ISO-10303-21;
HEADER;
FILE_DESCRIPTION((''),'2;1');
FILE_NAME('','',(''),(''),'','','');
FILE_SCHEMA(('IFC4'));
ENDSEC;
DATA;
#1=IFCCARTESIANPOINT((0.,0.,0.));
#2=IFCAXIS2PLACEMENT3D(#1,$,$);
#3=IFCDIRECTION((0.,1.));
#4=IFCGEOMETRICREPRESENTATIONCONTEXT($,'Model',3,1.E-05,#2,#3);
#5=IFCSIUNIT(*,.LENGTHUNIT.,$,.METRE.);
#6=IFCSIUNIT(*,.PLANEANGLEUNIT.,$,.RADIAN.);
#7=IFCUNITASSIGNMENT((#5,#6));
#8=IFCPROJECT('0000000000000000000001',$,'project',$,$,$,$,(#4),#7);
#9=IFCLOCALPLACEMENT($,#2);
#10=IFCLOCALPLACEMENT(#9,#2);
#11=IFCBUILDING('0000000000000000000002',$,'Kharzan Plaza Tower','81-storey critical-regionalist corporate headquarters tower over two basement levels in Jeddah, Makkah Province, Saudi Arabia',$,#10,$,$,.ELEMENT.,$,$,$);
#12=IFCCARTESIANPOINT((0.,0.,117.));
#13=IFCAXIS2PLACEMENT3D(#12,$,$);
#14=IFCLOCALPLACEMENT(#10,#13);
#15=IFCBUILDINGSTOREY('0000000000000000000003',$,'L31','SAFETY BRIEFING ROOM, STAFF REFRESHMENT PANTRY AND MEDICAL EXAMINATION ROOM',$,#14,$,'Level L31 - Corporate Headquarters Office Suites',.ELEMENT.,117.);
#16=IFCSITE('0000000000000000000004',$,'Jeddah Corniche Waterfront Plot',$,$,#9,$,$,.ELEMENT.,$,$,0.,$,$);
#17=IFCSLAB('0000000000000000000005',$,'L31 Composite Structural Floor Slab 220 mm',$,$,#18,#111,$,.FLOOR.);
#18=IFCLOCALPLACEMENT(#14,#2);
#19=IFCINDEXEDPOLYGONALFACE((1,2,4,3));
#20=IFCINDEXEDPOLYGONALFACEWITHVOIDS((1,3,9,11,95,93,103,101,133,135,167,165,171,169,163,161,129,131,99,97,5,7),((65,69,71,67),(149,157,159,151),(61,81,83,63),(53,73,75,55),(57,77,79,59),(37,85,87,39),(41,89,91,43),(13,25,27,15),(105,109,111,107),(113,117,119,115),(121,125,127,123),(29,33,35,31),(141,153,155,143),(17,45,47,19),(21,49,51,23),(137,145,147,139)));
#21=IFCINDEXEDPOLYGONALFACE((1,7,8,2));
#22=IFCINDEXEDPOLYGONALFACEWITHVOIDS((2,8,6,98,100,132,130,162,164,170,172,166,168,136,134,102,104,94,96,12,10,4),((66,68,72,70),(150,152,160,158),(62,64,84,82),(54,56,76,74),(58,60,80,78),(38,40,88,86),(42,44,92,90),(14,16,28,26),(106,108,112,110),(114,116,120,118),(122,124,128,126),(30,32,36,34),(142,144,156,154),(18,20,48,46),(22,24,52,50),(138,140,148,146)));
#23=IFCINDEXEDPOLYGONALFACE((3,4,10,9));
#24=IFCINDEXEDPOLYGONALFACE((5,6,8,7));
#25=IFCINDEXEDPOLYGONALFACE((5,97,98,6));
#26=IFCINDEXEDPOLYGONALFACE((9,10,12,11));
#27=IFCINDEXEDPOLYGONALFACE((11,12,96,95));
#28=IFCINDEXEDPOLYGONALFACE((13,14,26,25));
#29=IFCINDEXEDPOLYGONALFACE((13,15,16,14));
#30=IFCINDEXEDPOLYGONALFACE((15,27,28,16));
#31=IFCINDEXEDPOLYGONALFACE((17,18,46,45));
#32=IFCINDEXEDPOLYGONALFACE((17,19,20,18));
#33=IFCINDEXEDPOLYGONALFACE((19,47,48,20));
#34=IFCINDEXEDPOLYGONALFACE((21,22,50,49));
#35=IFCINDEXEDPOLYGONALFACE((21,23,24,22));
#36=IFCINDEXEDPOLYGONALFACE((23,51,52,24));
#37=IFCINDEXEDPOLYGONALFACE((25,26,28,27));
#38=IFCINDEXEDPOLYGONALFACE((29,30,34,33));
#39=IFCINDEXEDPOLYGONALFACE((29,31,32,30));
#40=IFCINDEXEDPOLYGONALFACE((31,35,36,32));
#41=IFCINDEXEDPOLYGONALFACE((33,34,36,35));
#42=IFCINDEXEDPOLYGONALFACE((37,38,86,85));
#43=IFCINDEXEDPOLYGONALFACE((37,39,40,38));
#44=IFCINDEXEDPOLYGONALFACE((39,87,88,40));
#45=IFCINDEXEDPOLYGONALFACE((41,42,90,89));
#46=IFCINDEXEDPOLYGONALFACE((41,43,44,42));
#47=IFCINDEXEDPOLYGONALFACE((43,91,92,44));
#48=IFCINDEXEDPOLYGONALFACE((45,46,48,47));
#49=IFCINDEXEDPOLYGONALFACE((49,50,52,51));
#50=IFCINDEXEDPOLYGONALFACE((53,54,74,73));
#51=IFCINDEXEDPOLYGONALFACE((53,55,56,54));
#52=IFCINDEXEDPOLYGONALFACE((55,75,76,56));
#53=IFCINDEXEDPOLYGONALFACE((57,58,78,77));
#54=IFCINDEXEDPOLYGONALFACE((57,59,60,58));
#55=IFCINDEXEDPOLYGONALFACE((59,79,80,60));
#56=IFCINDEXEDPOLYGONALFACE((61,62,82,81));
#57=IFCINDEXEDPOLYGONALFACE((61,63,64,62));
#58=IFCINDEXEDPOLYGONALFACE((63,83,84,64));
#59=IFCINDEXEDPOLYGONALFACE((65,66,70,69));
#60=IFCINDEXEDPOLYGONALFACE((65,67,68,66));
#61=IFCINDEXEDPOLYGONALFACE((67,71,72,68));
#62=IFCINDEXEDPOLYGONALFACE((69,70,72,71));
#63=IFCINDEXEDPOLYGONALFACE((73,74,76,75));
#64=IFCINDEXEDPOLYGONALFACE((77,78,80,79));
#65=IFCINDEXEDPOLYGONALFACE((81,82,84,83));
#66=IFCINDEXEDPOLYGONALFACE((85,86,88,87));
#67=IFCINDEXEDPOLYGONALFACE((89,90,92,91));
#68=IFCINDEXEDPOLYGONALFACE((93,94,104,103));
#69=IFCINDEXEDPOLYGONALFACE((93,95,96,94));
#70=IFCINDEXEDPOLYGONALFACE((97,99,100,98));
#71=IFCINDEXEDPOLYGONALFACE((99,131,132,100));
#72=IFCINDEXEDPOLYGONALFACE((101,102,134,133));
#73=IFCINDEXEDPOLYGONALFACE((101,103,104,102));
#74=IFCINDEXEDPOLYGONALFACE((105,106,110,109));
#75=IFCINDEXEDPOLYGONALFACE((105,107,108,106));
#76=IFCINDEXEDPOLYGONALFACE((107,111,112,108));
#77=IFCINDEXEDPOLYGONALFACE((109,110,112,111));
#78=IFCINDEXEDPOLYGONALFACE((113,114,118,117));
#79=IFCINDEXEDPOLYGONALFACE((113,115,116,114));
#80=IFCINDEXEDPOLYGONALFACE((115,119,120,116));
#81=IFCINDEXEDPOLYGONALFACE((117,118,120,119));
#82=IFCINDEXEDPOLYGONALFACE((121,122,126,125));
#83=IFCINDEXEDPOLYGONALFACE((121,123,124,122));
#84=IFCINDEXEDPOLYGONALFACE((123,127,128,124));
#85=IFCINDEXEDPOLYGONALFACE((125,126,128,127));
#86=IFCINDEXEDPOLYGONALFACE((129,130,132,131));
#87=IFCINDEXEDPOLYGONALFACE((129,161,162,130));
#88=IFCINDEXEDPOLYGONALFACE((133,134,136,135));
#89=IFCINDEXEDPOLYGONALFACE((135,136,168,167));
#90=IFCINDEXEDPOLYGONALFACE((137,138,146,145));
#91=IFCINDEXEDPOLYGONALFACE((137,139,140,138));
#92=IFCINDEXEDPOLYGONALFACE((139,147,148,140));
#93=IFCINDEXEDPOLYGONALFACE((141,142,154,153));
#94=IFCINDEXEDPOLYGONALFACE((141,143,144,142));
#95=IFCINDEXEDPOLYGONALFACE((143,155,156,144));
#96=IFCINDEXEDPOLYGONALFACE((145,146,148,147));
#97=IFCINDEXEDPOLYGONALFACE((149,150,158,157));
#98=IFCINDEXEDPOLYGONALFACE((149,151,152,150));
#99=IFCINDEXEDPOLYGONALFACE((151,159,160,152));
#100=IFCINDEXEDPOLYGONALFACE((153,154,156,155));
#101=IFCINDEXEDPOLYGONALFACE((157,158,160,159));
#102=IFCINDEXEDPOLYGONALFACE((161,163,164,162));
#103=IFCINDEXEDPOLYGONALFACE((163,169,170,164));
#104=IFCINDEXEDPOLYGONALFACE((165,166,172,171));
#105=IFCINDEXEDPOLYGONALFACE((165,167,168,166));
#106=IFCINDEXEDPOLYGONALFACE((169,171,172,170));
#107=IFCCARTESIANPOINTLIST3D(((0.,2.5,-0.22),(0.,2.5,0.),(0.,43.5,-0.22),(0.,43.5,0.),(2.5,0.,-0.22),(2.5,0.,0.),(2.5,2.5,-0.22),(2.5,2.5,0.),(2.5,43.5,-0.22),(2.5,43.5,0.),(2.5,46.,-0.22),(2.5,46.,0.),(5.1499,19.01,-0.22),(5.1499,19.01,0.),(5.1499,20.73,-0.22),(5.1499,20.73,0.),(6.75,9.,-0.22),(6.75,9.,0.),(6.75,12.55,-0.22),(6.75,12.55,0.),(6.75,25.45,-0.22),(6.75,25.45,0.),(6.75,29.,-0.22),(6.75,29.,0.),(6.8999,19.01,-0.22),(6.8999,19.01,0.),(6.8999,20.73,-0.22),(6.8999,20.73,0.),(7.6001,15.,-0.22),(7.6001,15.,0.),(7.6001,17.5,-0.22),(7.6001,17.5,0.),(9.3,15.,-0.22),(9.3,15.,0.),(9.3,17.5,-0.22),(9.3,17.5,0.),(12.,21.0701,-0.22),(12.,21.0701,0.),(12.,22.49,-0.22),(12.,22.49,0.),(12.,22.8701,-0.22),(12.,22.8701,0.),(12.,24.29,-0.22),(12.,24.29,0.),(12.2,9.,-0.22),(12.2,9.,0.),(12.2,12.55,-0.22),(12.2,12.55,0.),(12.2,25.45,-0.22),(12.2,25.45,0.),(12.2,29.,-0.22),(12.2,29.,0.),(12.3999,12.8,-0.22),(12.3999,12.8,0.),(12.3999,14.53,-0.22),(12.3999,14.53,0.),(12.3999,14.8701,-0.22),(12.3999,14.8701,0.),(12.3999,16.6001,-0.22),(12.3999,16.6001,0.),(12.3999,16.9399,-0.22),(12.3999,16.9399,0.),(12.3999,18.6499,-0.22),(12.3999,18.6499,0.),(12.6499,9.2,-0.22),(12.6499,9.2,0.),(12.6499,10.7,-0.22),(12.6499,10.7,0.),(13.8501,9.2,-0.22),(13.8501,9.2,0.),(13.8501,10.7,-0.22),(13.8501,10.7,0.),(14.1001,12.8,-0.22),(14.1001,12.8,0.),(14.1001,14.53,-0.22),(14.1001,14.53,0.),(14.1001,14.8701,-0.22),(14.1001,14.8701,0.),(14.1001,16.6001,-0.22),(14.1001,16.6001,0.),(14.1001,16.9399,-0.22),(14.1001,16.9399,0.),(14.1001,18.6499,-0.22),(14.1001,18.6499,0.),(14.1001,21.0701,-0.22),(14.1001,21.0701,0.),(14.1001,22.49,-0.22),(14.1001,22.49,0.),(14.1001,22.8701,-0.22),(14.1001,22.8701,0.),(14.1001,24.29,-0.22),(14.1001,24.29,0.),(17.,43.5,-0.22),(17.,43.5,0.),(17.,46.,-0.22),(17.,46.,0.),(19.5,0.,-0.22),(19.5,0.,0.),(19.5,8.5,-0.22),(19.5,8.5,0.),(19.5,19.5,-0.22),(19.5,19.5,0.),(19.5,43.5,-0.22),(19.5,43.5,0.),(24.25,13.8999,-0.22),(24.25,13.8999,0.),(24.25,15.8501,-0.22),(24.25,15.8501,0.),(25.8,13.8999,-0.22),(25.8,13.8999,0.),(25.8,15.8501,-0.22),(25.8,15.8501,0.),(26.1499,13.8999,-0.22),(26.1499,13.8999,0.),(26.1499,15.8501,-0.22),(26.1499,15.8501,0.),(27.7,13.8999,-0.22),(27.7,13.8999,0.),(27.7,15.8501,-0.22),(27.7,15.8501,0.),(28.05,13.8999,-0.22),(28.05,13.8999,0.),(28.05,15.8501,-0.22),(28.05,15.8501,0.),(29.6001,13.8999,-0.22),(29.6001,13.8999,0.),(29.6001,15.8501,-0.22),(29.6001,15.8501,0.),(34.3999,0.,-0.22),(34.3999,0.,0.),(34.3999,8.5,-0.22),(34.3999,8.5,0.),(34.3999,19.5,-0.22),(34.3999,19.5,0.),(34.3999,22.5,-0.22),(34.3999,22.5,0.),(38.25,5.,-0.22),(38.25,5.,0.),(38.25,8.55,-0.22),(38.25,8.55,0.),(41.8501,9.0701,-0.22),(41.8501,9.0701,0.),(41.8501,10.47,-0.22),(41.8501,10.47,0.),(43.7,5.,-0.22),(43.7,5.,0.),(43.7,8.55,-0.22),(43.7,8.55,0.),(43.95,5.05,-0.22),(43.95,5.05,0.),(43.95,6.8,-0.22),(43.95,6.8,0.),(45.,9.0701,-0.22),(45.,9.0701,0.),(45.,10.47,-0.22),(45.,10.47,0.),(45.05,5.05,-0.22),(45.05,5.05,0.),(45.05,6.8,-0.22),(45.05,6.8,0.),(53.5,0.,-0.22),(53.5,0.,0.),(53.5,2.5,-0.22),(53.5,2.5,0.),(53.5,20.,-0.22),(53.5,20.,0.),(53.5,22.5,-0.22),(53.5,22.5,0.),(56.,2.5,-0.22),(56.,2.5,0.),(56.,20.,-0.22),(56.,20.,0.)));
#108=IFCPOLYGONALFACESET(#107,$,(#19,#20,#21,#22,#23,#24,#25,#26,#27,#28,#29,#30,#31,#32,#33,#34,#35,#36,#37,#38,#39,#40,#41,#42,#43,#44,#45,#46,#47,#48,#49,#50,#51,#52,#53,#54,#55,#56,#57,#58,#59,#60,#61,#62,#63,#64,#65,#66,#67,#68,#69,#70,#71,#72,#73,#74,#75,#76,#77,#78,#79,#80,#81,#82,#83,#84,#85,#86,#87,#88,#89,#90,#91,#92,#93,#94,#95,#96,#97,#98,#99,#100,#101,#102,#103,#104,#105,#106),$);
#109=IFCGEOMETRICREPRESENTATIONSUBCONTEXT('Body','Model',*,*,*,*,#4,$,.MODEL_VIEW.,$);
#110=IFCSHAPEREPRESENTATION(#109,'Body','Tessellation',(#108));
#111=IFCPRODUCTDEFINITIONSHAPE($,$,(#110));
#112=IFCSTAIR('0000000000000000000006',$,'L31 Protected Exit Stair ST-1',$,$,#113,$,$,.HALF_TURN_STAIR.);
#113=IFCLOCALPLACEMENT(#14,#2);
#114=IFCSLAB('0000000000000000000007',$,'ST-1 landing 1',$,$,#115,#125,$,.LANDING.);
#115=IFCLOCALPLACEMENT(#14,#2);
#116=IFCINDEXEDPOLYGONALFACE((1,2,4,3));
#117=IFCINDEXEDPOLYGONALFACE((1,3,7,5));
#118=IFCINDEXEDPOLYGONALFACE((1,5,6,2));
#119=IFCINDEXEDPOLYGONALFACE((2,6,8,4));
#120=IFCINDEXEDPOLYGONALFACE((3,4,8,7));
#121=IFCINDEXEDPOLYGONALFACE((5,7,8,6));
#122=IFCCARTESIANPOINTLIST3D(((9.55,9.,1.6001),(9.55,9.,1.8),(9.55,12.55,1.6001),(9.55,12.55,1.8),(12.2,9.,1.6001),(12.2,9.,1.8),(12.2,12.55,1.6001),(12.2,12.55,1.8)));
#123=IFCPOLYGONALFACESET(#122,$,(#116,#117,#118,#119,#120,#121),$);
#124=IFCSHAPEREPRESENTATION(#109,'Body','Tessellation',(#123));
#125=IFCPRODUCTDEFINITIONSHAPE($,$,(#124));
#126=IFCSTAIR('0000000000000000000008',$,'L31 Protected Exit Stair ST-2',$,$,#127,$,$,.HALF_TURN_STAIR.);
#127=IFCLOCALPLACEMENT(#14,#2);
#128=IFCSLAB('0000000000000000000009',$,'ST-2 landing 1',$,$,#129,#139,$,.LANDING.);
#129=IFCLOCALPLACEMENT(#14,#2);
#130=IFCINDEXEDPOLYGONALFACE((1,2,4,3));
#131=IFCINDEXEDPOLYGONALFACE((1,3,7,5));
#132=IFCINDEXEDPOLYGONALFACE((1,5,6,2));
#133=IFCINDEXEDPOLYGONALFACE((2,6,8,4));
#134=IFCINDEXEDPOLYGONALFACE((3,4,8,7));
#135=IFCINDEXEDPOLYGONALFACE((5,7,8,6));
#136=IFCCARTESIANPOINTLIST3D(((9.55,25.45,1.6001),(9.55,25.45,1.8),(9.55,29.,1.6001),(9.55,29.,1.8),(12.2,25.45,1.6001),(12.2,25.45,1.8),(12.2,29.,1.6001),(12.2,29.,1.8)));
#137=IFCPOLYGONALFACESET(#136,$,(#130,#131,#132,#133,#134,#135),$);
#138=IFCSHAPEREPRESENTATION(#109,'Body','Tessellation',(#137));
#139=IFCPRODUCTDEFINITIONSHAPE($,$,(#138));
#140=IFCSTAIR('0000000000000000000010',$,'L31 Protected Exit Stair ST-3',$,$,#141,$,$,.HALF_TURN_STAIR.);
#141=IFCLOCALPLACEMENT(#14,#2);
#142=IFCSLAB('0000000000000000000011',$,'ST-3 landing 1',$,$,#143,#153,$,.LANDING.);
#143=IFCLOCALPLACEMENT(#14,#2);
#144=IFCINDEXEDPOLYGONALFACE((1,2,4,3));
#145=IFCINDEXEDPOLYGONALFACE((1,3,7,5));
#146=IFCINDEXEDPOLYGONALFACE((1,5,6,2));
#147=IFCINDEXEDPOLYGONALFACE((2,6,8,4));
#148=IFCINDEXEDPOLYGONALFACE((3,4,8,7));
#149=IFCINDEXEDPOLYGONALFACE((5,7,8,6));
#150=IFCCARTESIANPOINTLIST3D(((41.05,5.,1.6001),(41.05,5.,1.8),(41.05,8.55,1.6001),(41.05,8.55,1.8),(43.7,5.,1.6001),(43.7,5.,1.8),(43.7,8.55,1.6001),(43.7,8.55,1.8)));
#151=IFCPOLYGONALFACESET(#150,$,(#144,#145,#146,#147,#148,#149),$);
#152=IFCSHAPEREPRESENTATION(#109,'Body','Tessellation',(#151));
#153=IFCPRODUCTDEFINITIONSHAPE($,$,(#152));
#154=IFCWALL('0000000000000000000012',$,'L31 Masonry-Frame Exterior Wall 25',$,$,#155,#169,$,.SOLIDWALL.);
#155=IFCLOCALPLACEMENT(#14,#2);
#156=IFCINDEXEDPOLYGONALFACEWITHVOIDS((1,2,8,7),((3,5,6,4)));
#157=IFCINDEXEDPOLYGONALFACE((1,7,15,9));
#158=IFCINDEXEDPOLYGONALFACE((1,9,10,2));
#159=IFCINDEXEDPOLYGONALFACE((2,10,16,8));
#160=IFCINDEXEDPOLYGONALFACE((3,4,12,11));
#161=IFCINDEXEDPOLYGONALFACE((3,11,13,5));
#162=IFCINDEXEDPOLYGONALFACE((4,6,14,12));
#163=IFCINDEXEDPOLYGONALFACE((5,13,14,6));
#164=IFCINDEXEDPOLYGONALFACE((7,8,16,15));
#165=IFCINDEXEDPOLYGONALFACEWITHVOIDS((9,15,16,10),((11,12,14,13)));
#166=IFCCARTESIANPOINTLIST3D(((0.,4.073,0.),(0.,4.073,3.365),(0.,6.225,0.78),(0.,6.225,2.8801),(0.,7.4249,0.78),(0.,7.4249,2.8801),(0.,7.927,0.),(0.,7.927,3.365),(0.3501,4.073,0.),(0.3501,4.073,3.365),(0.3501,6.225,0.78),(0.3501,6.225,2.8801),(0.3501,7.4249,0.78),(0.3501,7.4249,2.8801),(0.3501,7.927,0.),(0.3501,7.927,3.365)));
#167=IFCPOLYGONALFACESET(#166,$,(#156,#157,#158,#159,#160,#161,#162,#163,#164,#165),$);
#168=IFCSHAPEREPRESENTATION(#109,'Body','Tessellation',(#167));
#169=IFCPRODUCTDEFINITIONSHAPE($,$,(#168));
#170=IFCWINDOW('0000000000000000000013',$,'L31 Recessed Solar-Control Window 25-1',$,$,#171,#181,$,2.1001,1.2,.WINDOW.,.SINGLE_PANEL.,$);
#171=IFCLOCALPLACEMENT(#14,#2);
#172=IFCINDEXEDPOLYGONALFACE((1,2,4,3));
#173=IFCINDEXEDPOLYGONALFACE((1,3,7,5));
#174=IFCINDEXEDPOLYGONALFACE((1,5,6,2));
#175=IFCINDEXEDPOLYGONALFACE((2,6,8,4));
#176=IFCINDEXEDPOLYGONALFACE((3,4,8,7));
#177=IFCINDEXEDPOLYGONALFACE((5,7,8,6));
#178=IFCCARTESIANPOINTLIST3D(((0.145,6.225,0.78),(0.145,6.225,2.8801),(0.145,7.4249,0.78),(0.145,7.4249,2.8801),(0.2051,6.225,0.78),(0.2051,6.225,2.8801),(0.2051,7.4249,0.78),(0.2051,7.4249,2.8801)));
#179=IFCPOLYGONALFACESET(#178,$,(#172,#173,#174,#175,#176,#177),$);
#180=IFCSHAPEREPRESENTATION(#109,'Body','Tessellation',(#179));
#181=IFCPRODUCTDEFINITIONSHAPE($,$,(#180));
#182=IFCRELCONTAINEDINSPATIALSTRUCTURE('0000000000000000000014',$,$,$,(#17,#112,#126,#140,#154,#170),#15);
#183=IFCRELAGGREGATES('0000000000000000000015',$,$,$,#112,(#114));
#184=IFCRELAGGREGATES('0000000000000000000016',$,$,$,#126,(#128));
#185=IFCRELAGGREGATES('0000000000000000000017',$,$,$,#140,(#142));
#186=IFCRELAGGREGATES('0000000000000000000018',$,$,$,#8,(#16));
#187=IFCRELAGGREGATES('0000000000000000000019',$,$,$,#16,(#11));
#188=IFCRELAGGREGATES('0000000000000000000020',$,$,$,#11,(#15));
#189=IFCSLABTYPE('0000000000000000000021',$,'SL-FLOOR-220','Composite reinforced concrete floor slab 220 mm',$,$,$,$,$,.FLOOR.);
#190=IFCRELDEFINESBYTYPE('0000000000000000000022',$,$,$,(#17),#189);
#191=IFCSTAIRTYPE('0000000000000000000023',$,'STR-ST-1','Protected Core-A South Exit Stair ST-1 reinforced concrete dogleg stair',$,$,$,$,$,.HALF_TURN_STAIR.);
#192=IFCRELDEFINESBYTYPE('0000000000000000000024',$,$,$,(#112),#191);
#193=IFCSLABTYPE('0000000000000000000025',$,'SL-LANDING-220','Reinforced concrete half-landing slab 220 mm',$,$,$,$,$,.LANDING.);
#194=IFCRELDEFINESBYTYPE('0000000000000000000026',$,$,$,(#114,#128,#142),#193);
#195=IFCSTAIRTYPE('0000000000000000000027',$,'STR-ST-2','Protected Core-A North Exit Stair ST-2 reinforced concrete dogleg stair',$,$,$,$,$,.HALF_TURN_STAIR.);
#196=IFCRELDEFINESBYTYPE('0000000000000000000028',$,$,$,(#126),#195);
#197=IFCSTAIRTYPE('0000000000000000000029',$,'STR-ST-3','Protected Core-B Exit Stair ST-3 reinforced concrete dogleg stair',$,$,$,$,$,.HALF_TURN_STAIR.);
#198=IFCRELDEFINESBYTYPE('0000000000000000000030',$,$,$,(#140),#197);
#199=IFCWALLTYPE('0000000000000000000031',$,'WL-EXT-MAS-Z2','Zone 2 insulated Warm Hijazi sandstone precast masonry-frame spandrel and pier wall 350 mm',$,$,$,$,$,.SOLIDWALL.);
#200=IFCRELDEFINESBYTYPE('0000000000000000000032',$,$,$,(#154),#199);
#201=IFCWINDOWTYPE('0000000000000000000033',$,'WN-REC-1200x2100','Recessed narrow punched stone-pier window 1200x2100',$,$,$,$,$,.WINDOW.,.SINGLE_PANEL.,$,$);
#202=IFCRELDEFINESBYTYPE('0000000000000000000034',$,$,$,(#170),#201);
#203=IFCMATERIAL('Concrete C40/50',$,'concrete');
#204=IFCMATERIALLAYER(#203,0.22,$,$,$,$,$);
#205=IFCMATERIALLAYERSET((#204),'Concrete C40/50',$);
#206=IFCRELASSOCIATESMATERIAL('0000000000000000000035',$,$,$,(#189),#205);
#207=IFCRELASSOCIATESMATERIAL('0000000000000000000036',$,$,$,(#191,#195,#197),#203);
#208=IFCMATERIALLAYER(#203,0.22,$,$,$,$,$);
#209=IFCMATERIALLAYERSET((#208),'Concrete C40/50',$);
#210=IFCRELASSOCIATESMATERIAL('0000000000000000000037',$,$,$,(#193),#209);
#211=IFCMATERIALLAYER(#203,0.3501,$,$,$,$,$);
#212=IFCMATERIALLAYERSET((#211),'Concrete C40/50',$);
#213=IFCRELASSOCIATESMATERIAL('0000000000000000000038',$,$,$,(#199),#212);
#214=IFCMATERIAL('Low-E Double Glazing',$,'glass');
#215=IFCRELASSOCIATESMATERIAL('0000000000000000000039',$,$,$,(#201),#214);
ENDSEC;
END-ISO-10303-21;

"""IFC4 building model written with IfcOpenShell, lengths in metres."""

from ifc_helpers import new_model, si_unit, direction, frame, frame_2d, origin, place, context, subcontext, project, spatial, polyline, rectangle, outline, extrude, source, transform, mapped, material, layer, layer_set, type_object, element, fill, aggregate, save


model = new_model("IFC4")

# Units and contexts
model_context = context("Model", 3, precision=1e-05, world=origin(), true_north=direction((0.0, 1.0)))
body_context = subcontext(model_context, "Body", "Model", "MODEL_VIEW")
ifc_project = project(units=[si_unit("LENGTHUNIT", "METRE"), si_unit("PLANEANGLEUNIT", "RADIAN")], contexts=[model_context])

# Site, building, storey
site_placement = place(None, origin())
site = spatial("IfcSite", under=ifc_project, at=site_placement, Name="Jeddah Corniche Waterfront Plot", CompositionType="ELEMENT", RefElevation=0.0)
building_placement = place(site_placement, origin())
building = spatial("IfcBuilding", under=site, at=building_placement, Name="Kharzan Plaza Tower", Description="81-storey critical-regionalist corporate headquarters tower over two basement levels in Jeddah, Makkah Province, Saudi Arabia", CompositionType="ELEMENT")
storey_placement = place(building_placement, frame((0.0, 0.0, 117.0)))
storey = spatial("IfcBuildingStorey", under=building, at=storey_placement, Name="L31", Description="SAFETY BRIEFING ROOM, STAFF REFRESHMENT PANTRY AND MEDICAL EXAMINATION ROOM", LongName="Level L31 - Corporate Headquarters Office Suites", CompositionType="ELEMENT", Elevation=117.0)

# Slab
ifc_material_1 = material(Name="Concrete C40/50", Category="concrete")
ifc_layer_1 = layer(ifc_material_1, 0.22)
ifc_layer_set_1 = layer_set([ifc_layer_1], Name="Concrete C40/50")
slab_type_1 = type_object("IfcSlabType", Name="SL-FLOOR-220", Description="Composite reinforced concrete floor slab 220 mm", PredefinedType="FLOOR", material=ifc_layer_set_1)
slab_1_placement = place(storey_placement, frame((0.0, 0.0, -0.22)))
element("IfcSlab", 1, at=slab_1_placement, inside=storey, type_object=slab_type_1, Name="L31 Composite Structural Floor Slab 220 mm", PredefinedType="FLOOR", context=body_context, shape_type="SweptSolid", body=[
    extrude(outline(polyline([(34.3999, 19.5), (19.5, 19.5), (19.5, 43.5), (17.0, 43.5), (17.0, 46.0), (2.5, 46.0), (2.5, 43.5), (0.0, 43.5), (0.0, 2.5), (2.5, 2.5), (2.5, 0.0), (19.5, 0.0), (19.5, 8.5), (34.3999, 8.5), (34.3999, 0.0), (53.5, 0.0), (53.5, 2.5), (56.0, 2.5), (56.0, 20.0), (53.5, 20.0), (53.5, 22.5), (34.3999, 22.5), (34.3999, 19.5)]), holes=[polyline([(12.2, 9.0), (12.2, 12.55), (6.75, 12.55), (6.75, 9.0), (12.2, 9.0)]), polyline([(14.1001, 12.8), (14.1001, 14.53), (12.3999, 14.53), (12.3999, 12.8), (14.1001, 12.8)]), polyline([(14.1001, 14.8701), (14.1001, 16.6001), (12.3999, 16.6001), (12.3999, 14.8701), (14.1001, 14.8701)]), polyline([(9.3, 15.0), (9.3, 17.5), (7.6001, 17.5), (7.6001, 15.0), (9.3, 15.0)]), polyline([(6.8999, 19.01), (6.8999, 20.73), (5.1499, 20.73), (5.1499, 19.01), (6.8999, 19.01)]), polyline([(14.1001, 21.0701), (14.1001, 22.49), (12.0, 22.49), (12.0, 21.0701), (14.1001, 21.0701)]), polyline([(14.1001, 22.8701), (14.1001, 24.29), (12.0, 24.29), (12.0, 22.8701), (14.1001, 22.8701)]), polyline([(12.2, 25.45), (12.2, 29.0), (6.75, 29.0), (6.75, 25.45), (12.2, 25.45)]), polyline([(45.05, 5.05), (45.05, 6.8), (43.95, 6.8), (43.95, 5.05), (45.05, 5.05)]), polyline([(43.7, 5.0), (43.7, 8.55), (38.25, 8.55), (38.25, 5.0), (43.7, 5.0)]), polyline([(45.0, 9.0701), (45.0, 10.47), (41.8501, 10.47), (41.8501, 9.0701), (45.0, 9.0701)]), polyline([(13.8501, 9.2), (13.8501, 10.7), (12.6499, 10.7), (12.6499, 9.2), (13.8501, 9.2)]), polyline([(25.8, 13.8999), (25.8, 15.8501), (24.25, 15.8501), (24.25, 13.8999), (25.8, 13.8999)]), polyline([(27.7, 13.8999), (27.7, 15.8501), (26.1499, 15.8501), (26.1499, 13.8999), (27.7, 13.8999)]), polyline([(29.6001, 13.8999), (29.6001, 15.8501), (28.05, 15.8501), (28.05, 13.8999), (29.6001, 13.8999)]), polyline([(14.1001, 16.9399), (14.1001, 18.6499), (12.3999, 18.6499), (12.3999, 16.9399), (14.1001, 16.9399)])]), origin(), (0.0, 0.0, 1.0), 0.22),
])

# Stairs, slabs
stair_type_1 = type_object("IfcStairType", Name="STR-ST-1", Description="Protected Core-A South Exit Stair ST-1 reinforced concrete dogleg stair", PredefinedType="HALF_TURN_STAIR", material=ifc_material_1)
stair_1_placement = place(storey_placement, origin())
stair_1 = element("IfcStair", 2, at=stair_1_placement, inside=storey, type_object=stair_type_1, Name="L31 Protected Exit Stair ST-1", PredefinedType="HALF_TURN_STAIR")
ifc_layer_2 = layer(ifc_material_1, 0.22)
ifc_layer_set_2 = layer_set([ifc_layer_2], Name="Concrete C40/50")
slab_type_2 = type_object("IfcSlabType", Name="SL-LANDING-220", Description="Reinforced concrete half-landing slab 220 mm", PredefinedType="LANDING", material=ifc_layer_set_2)
slab_2_placement = place(storey_placement, frame((0.0, 0.0, 1.6001)))
slab_2 = element("IfcSlab", 3, at=slab_2_placement, type_object=slab_type_2, Name="ST-1 landing 1", PredefinedType="LANDING", context=body_context, shape_type="SweptSolid", body=[
    extrude(outline(polyline([(9.55, 9.0), (12.2, 9.0), (12.2, 12.55), (9.55, 12.55), (9.55, 9.0)])), origin(), (0.0, 0.0, 1.0), 0.2),
])
aggregate(stair_1, [slab_2])
stair_type_2 = type_object("IfcStairType", Name="STR-ST-2", Description="Protected Core-A North Exit Stair ST-2 reinforced concrete dogleg stair", PredefinedType="HALF_TURN_STAIR", material=ifc_material_1)
stair_2_placement = place(storey_placement, origin())
stair_2 = element("IfcStair", 4, at=stair_2_placement, inside=storey, type_object=stair_type_2, Name="L31 Protected Exit Stair ST-2", PredefinedType="HALF_TURN_STAIR")
slab_3_placement = place(storey_placement, frame((0.0, 0.0, 1.6001)))
slab_3 = element("IfcSlab", 5, at=slab_3_placement, type_object=slab_type_2, Name="ST-2 landing 1", PredefinedType="LANDING", context=body_context, shape_type="SweptSolid", body=[
    extrude(outline(polyline([(9.55, 25.45), (12.2, 25.45), (12.2, 29.0), (9.55, 29.0), (9.55, 25.45)])), origin(), (0.0, 0.0, 1.0), 0.2),
])
aggregate(stair_2, [slab_3])
stair_type_3 = type_object("IfcStairType", Name="STR-ST-3", Description="Protected Core-B Exit Stair ST-3 reinforced concrete dogleg stair", PredefinedType="HALF_TURN_STAIR", material=ifc_material_1)
stair_3_placement = place(storey_placement, origin())
stair_3 = element("IfcStair", 6, at=stair_3_placement, inside=storey, type_object=stair_type_3, Name="L31 Protected Exit Stair ST-3", PredefinedType="HALF_TURN_STAIR")
slab_4_placement = place(storey_placement, frame((0.0, 0.0, 1.6001)))
slab_4 = element("IfcSlab", 7, at=slab_4_placement, type_object=slab_type_2, Name="ST-3 landing 1", PredefinedType="LANDING", context=body_context, shape_type="SweptSolid", body=[
    extrude(outline(polyline([(41.05, 5.0), (43.7, 5.0), (43.7, 8.55), (41.05, 8.55), (41.05, 5.0)])), origin(), (0.0, 0.0, 1.0), 0.2),
])
aggregate(stair_3, [slab_4])

# Wall, opening, window
ifc_layer_3 = layer(ifc_material_1, 0.3501)
ifc_layer_set_3 = layer_set([ifc_layer_3], Name="Concrete C40/50")
wall_type_1 = type_object("IfcWallType", Name="WL-EXT-MAS-Z2", Description="Zone 2 insulated Warm Hijazi sandstone precast masonry-frame spandrel and pier wall 350 mm", PredefinedType="SOLIDWALL", material=ifc_layer_set_3)
wall_1_placement = place(storey_placement, frame((0.175, 7.927, 0.0), z_axis=(0.0, 0.0, 1.0), x_axis=(0.0, -1.0, 0.0)))
wall_1 = element("IfcWall", 8, at=wall_1_placement, inside=storey, type_object=wall_type_1, Name="L31 Masonry-Frame Exterior Wall 25", PredefinedType="SOLIDWALL", context=body_context, shape_type="SweptSolid", body=[
    extrude(rectangle(XDim=3.854, YDim=0.3501, at=frame_2d((1.927, 0.0))), origin(), (0.0, 0.0, 1.0), 3.365),
])
opening_1_placement = place(wall_1_placement, frame((0.502, 0.0, 0.78)))
opening_1 = element("IfcOpeningElement", 9, at=opening_1_placement, cuts=wall_1, PredefinedType="OPENING", context=body_context, shape_type="SweptSolid", body=[
    extrude(rectangle(XDim=1.2, YDim=2.1001, at=frame_2d((0.6001, 1.05))), frame((0.0, 0.1851, 0.0), z_axis=(0.0, -1.0, 0.0), x_axis=(1.0, 0.0, 0.0)), (0.0, 0.0, 1.0), 0.3701),
])
ifc_material_2 = material(Name="Low-E Double Glazing", Category="glass")
window_type_1 = type_object("IfcWindowType", Name="WN-REC-1200x2100", Description="Recessed narrow punched stone-pier window 1200x2100", PartitioningType="SINGLE_PANEL", PredefinedType="WINDOW", material=ifc_material_2)
shared_shape_1 = source(origin(), body_context, "Body", "SweptSolid", [
    extrude(rectangle(XDim=1.2, YDim=2.1001, at=frame_2d((0.6001, 1.05))), frame((0.0, 0.03, 0.0), z_axis=(0.0, -1.0, 0.0), x_axis=(1.0, 0.0, 0.0)), (0.0, 0.0, 1.0), 0.0601),
])
window_1_placement = place(opening_1_placement, origin())
window_1 = element("IfcWindow", 10, at=window_1_placement, inside=storey, type_object=window_type_1, Name="L31 Recessed Solar-Control Window 25-1", OverallHeight=2.1001, OverallWidth=1.2, PartitioningType="SINGLE_PANEL", PredefinedType="WINDOW", context=body_context, shape_type="MappedRepresentation", body=[
    mapped(shared_shape_1, transform((0.0, 0.0, 0.0), x_axis=(1.0, 0.0, 0.0), y_axis=(0.0, 1.0, 0.0), z_axis=(0.0, 0.0, 1.0))),
])
fill(opening_1, window_1)

save(model, "model.ifc")
